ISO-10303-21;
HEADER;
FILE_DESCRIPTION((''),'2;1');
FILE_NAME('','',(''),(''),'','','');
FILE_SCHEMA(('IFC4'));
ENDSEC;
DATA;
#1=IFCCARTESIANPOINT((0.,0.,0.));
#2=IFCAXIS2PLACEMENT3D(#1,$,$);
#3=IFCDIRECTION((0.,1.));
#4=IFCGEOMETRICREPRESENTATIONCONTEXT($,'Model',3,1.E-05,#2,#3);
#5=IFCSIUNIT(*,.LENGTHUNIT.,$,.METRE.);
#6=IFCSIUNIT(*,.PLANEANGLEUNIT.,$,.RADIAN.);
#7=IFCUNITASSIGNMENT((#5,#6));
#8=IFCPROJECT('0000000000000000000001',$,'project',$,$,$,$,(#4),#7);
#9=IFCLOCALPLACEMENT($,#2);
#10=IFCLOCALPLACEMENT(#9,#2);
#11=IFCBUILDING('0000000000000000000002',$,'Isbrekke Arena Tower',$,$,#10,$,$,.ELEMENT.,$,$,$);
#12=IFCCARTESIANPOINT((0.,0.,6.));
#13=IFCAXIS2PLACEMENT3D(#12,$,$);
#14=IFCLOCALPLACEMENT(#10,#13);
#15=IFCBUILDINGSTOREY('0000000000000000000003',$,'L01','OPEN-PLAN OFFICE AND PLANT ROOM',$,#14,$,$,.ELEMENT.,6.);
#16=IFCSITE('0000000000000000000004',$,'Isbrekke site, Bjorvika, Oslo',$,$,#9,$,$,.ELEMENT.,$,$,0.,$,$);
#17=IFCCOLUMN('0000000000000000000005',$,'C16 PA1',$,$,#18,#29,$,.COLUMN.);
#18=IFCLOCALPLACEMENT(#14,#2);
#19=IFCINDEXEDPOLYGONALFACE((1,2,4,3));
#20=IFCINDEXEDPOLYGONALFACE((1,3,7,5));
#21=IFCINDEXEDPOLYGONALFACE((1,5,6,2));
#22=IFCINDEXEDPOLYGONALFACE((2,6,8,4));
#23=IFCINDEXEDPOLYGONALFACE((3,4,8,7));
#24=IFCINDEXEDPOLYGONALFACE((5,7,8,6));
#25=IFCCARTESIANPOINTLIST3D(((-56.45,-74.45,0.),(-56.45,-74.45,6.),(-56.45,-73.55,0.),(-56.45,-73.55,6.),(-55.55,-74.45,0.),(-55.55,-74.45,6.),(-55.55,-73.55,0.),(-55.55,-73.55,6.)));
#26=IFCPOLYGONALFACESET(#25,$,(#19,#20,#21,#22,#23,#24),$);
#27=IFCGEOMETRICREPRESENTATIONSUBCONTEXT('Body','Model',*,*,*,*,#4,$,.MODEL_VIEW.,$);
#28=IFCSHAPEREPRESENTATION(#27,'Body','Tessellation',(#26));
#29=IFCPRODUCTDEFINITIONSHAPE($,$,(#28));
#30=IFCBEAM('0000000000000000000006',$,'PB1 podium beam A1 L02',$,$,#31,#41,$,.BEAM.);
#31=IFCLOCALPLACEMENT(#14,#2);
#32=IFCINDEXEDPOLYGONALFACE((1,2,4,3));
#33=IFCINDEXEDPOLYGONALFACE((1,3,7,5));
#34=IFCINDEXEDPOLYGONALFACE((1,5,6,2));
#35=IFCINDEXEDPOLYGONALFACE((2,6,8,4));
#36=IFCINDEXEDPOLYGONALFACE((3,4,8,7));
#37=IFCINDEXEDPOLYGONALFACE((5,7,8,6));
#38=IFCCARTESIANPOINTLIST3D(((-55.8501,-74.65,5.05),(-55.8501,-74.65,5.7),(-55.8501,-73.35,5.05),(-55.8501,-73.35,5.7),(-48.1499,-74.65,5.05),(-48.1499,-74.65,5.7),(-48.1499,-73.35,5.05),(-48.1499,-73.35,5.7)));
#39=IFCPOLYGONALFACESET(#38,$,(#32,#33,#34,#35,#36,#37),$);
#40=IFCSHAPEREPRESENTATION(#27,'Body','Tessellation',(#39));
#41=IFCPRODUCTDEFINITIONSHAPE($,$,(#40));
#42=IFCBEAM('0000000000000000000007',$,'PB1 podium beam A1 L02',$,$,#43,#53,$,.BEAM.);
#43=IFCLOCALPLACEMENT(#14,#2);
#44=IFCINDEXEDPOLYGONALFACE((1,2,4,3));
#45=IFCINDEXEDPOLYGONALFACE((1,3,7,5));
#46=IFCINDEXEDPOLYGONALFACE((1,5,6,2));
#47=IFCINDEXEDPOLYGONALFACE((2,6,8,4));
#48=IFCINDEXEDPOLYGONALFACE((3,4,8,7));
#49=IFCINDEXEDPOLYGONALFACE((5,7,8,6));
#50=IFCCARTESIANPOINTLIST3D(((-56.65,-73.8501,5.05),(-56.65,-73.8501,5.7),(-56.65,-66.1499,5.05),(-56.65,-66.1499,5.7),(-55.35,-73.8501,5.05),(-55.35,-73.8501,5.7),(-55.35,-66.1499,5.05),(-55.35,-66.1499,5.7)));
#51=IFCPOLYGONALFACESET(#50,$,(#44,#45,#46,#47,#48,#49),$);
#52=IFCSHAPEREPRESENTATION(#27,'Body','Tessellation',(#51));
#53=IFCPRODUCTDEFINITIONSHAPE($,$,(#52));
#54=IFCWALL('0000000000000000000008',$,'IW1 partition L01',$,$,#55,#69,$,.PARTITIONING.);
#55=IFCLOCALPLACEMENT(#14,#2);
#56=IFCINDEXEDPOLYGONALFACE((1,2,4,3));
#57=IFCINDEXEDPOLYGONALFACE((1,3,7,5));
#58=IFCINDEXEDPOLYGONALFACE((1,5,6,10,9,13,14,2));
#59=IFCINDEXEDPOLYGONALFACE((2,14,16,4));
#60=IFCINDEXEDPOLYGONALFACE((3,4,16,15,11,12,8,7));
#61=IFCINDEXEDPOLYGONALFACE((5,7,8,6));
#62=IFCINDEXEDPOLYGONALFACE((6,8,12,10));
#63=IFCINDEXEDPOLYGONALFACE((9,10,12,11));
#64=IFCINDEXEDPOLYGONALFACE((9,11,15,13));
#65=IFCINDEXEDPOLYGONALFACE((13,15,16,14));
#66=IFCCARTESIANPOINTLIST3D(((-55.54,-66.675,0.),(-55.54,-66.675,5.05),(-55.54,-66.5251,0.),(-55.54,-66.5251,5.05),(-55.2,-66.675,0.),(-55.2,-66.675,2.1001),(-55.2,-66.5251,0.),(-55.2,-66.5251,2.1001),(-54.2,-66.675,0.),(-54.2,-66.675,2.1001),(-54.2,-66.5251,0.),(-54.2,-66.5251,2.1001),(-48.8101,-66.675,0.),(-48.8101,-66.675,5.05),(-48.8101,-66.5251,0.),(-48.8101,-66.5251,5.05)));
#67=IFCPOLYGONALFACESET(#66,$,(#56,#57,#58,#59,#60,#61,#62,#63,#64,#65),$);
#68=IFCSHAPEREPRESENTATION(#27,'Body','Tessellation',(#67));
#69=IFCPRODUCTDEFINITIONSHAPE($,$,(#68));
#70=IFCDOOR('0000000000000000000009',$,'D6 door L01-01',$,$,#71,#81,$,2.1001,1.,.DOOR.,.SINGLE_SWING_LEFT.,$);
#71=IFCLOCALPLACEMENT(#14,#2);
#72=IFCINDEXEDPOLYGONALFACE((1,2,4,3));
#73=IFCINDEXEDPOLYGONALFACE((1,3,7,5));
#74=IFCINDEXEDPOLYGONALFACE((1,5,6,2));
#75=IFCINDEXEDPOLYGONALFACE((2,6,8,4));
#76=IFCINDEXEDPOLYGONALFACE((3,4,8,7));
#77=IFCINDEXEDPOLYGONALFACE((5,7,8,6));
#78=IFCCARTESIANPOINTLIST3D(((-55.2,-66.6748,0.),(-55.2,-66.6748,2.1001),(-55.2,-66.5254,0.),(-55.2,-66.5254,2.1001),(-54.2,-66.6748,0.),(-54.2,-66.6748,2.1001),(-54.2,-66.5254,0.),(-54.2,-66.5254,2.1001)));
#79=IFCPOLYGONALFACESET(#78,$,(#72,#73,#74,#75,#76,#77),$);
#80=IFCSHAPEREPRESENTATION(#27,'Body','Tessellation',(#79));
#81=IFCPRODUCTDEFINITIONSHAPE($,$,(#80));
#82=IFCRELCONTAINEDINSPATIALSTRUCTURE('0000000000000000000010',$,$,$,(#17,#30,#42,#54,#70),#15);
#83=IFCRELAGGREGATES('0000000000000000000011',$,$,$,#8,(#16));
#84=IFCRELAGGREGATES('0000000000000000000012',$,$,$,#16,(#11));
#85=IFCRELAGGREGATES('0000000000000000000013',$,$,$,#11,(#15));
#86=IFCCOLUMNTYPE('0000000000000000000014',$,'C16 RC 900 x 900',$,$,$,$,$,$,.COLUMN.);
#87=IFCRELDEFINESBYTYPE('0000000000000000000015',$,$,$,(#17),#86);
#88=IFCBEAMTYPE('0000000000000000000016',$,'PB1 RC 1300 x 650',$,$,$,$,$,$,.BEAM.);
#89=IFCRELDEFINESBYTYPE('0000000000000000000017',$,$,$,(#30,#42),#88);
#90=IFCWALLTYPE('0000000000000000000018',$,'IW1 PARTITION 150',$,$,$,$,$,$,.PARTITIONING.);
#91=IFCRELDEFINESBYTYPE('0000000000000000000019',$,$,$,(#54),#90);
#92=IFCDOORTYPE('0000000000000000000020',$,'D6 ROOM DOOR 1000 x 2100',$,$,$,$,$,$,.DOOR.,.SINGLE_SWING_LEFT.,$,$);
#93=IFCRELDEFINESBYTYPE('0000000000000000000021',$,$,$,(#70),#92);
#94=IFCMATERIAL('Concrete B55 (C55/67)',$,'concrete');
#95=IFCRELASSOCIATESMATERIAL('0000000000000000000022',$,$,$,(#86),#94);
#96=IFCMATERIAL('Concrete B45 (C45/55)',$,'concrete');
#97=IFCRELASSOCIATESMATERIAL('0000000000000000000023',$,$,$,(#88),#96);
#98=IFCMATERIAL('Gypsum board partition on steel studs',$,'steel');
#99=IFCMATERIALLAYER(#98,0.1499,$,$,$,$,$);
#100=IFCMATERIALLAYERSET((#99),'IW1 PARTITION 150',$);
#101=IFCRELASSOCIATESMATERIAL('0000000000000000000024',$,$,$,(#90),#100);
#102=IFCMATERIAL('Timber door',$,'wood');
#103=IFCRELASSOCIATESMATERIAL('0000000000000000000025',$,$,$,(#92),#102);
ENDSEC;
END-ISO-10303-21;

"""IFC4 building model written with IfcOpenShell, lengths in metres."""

from ifc_helpers import new_model, si_unit, direction, frame, frame_2d, origin, origin_2d, place, context, subcontext, project, spatial, rectangle, extrude, material, layer, layer_set, material_profile, profile_set, type_object, element, fill, save


model = new_model("IFC4")

# Units and contexts
model_context = context("Model", 3, precision=1e-05, world=origin(), true_north=direction((0.0, 1.0)))
body_context = subcontext(model_context, "Body", "Model", "MODEL_VIEW")
ifc_project = project(units=[si_unit("LENGTHUNIT", "METRE"), si_unit("PLANEANGLEUNIT", "RADIAN")], contexts=[model_context])

# Site, building, storey
site_placement = place(None, origin())
site = spatial("IfcSite", under=ifc_project, at=site_placement, Name="Isbrekke site, Bjorvika, Oslo", CompositionType="ELEMENT", RefElevation=0.0)
building_placement = place(site_placement, origin())
building = spatial("IfcBuilding", under=site, at=building_placement, Name="Isbrekke Arena Tower", CompositionType="ELEMENT")
storey_placement = place(building_placement, frame((0.0, 0.0, 6.0)))
storey = spatial("IfcBuildingStorey", under=building, at=storey_placement, Name="L01", Description="OPEN-PLAN OFFICE AND PLANT ROOM", CompositionType="ELEMENT", Elevation=6.0)

# Column
ifc_material_1 = material(Name="Concrete B55 (C55/67)", Category="concrete")
ifc_material_profile_1 = material_profile(ifc_material_1, rectangle(XDim=0.8999, YDim=0.8999, at=origin_2d()), Name="RC 900x900")
ifc_profile_set_1 = profile_set([ifc_material_profile_1], Name="Concrete B55 (C55/67)")
column_type = type_object("IfcColumnType", Name="C16 RC 900 x 900", PredefinedType="COLUMN", material=ifc_profile_set_1)
column_placement = place(storey_placement, frame((-56.0, -74.0, 0.0), z_axis=(0.0, 0.0, 1.0), x_axis=(1.0, 0.0, 0.0)))
element("IfcColumn", 1, at=column_placement, inside=storey, type_object=column_type, Name="C16 PA1", PredefinedType="COLUMN", context=body_context, shape_type="SweptSolid", body=[
    extrude(rectangle(XDim=0.8999, YDim=0.8999, at=origin_2d()), origin(), (0.0, 0.0, 1.0), 6.0),
])

# Beams
ifc_material_2 = material(Name="Concrete B45 (C45/55)", Category="concrete")
ifc_material_profile_2 = material_profile(ifc_material_2, rectangle(XDim=1.3, YDim=0.6499, at=origin_2d()), Name="RC 1300x650")
ifc_profile_set_2 = profile_set([ifc_material_profile_2], Name="Concrete B45 (C45/55)")
beam_type = type_object("IfcBeamType", Name="PB1 RC 1300 x 650", PredefinedType="BEAM", material=ifc_profile_set_2)
for number, where, z_axis, x_axis, name in (
    (2, (-55.8501, -74.0, 5.375), (1.0, 0.0, 0.0), (0.0, 1.0, 0.0), "PB1 podium beam A1 L02"),
    (3, (-56.0, -73.8501, 5.375), (0.0, 1.0, 0.0), (-1.0, 0.0, 0.0), "PB1 podium beam A1 L02"),
):
    element("IfcBeam", number, at=place(storey_placement, frame(where, z_axis=z_axis, x_axis=x_axis)), inside=storey, type_object=beam_type, Name=name, PredefinedType="BEAM", context=body_context, shape_type="SweptSolid", body=[
        extrude(rectangle(XDim=1.3, YDim=0.6499, at=origin_2d()), origin(), (0.0, 0.0, 1.0), 7.7002),
    ])

# Wall, opening, door
ifc_material_3 = material(Name="Gypsum board partition on steel studs", Category="steel")
ifc_layer_1 = layer(ifc_material_3, 0.1499)
ifc_layer_set_1 = layer_set([ifc_layer_1], Name="IW1 PARTITION 150")
wall_type_1 = type_object("IfcWallType", Name="IW1 PARTITION 150", PredefinedType="PARTITIONING", material=ifc_layer_set_1)
wall_1_placement = place(storey_placement, frame((-55.54, -66.6001, 0.0), z_axis=(0.0, 0.0, 1.0), x_axis=(1.0, 0.0, 0.0)))
wall_1 = element("IfcWall", 4, at=wall_1_placement, inside=storey, type_object=wall_type_1, Name="IW1 partition L01", PredefinedType="PARTITIONING", context=body_context, shape_type="SweptSolid", body=[
    extrude(rectangle(XDim=6.73, YDim=0.1499, at=frame_2d((3.365, 0.0))), origin(), (0.0, 0.0, 1.0), 5.05),
])
opening_1_placement = place(wall_1_placement, frame((0.3401, 0.0, 0.0)))
opening_1 = element("IfcOpeningElement", 5, at=opening_1_placement, cuts=wall_1, PredefinedType="OPENING", context=body_context, shape_type="SweptSolid", body=[
    extrude(rectangle(XDim=1.0, YDim=2.1001, at=frame_2d((0.5, 1.05))), frame((0.0, 0.0898, 0.0), z_axis=(0.0, -1.0, 0.0), x_axis=(1.0, 0.0, 0.0)), (0.0, 0.0, 1.0), 0.1797),
])
ifc_material_4 = material(Name="Timber door", Category="wood")
door_type = type_object("IfcDoorType", Name="D6 ROOM DOOR 1000 x 2100", OperationType="SINGLE_SWING_LEFT", PredefinedType="DOOR", material=ifc_material_4)
door_placement = place(opening_1_placement, origin())
door = element("IfcDoor", 6, at=door_placement, inside=storey, type_object=door_type, Name="D6 door L01-01", OperationType="SINGLE_SWING_LEFT", OverallHeight=2.1001, OverallWidth=1.0, PredefinedType="DOOR", context=body_context, shape_type="SweptSolid", body=[
    extrude(rectangle(XDim=1.0, YDim=2.1001, at=frame_2d((0.5, 1.05))), frame((0.0, 0.0747, 0.0), z_axis=(0.0, -1.0, 0.0), x_axis=(1.0, 0.0, 0.0)), (0.0, 0.0, 1.0), 0.1494),
])
fill(opening_1, door)

save(model, "model.ifc")
